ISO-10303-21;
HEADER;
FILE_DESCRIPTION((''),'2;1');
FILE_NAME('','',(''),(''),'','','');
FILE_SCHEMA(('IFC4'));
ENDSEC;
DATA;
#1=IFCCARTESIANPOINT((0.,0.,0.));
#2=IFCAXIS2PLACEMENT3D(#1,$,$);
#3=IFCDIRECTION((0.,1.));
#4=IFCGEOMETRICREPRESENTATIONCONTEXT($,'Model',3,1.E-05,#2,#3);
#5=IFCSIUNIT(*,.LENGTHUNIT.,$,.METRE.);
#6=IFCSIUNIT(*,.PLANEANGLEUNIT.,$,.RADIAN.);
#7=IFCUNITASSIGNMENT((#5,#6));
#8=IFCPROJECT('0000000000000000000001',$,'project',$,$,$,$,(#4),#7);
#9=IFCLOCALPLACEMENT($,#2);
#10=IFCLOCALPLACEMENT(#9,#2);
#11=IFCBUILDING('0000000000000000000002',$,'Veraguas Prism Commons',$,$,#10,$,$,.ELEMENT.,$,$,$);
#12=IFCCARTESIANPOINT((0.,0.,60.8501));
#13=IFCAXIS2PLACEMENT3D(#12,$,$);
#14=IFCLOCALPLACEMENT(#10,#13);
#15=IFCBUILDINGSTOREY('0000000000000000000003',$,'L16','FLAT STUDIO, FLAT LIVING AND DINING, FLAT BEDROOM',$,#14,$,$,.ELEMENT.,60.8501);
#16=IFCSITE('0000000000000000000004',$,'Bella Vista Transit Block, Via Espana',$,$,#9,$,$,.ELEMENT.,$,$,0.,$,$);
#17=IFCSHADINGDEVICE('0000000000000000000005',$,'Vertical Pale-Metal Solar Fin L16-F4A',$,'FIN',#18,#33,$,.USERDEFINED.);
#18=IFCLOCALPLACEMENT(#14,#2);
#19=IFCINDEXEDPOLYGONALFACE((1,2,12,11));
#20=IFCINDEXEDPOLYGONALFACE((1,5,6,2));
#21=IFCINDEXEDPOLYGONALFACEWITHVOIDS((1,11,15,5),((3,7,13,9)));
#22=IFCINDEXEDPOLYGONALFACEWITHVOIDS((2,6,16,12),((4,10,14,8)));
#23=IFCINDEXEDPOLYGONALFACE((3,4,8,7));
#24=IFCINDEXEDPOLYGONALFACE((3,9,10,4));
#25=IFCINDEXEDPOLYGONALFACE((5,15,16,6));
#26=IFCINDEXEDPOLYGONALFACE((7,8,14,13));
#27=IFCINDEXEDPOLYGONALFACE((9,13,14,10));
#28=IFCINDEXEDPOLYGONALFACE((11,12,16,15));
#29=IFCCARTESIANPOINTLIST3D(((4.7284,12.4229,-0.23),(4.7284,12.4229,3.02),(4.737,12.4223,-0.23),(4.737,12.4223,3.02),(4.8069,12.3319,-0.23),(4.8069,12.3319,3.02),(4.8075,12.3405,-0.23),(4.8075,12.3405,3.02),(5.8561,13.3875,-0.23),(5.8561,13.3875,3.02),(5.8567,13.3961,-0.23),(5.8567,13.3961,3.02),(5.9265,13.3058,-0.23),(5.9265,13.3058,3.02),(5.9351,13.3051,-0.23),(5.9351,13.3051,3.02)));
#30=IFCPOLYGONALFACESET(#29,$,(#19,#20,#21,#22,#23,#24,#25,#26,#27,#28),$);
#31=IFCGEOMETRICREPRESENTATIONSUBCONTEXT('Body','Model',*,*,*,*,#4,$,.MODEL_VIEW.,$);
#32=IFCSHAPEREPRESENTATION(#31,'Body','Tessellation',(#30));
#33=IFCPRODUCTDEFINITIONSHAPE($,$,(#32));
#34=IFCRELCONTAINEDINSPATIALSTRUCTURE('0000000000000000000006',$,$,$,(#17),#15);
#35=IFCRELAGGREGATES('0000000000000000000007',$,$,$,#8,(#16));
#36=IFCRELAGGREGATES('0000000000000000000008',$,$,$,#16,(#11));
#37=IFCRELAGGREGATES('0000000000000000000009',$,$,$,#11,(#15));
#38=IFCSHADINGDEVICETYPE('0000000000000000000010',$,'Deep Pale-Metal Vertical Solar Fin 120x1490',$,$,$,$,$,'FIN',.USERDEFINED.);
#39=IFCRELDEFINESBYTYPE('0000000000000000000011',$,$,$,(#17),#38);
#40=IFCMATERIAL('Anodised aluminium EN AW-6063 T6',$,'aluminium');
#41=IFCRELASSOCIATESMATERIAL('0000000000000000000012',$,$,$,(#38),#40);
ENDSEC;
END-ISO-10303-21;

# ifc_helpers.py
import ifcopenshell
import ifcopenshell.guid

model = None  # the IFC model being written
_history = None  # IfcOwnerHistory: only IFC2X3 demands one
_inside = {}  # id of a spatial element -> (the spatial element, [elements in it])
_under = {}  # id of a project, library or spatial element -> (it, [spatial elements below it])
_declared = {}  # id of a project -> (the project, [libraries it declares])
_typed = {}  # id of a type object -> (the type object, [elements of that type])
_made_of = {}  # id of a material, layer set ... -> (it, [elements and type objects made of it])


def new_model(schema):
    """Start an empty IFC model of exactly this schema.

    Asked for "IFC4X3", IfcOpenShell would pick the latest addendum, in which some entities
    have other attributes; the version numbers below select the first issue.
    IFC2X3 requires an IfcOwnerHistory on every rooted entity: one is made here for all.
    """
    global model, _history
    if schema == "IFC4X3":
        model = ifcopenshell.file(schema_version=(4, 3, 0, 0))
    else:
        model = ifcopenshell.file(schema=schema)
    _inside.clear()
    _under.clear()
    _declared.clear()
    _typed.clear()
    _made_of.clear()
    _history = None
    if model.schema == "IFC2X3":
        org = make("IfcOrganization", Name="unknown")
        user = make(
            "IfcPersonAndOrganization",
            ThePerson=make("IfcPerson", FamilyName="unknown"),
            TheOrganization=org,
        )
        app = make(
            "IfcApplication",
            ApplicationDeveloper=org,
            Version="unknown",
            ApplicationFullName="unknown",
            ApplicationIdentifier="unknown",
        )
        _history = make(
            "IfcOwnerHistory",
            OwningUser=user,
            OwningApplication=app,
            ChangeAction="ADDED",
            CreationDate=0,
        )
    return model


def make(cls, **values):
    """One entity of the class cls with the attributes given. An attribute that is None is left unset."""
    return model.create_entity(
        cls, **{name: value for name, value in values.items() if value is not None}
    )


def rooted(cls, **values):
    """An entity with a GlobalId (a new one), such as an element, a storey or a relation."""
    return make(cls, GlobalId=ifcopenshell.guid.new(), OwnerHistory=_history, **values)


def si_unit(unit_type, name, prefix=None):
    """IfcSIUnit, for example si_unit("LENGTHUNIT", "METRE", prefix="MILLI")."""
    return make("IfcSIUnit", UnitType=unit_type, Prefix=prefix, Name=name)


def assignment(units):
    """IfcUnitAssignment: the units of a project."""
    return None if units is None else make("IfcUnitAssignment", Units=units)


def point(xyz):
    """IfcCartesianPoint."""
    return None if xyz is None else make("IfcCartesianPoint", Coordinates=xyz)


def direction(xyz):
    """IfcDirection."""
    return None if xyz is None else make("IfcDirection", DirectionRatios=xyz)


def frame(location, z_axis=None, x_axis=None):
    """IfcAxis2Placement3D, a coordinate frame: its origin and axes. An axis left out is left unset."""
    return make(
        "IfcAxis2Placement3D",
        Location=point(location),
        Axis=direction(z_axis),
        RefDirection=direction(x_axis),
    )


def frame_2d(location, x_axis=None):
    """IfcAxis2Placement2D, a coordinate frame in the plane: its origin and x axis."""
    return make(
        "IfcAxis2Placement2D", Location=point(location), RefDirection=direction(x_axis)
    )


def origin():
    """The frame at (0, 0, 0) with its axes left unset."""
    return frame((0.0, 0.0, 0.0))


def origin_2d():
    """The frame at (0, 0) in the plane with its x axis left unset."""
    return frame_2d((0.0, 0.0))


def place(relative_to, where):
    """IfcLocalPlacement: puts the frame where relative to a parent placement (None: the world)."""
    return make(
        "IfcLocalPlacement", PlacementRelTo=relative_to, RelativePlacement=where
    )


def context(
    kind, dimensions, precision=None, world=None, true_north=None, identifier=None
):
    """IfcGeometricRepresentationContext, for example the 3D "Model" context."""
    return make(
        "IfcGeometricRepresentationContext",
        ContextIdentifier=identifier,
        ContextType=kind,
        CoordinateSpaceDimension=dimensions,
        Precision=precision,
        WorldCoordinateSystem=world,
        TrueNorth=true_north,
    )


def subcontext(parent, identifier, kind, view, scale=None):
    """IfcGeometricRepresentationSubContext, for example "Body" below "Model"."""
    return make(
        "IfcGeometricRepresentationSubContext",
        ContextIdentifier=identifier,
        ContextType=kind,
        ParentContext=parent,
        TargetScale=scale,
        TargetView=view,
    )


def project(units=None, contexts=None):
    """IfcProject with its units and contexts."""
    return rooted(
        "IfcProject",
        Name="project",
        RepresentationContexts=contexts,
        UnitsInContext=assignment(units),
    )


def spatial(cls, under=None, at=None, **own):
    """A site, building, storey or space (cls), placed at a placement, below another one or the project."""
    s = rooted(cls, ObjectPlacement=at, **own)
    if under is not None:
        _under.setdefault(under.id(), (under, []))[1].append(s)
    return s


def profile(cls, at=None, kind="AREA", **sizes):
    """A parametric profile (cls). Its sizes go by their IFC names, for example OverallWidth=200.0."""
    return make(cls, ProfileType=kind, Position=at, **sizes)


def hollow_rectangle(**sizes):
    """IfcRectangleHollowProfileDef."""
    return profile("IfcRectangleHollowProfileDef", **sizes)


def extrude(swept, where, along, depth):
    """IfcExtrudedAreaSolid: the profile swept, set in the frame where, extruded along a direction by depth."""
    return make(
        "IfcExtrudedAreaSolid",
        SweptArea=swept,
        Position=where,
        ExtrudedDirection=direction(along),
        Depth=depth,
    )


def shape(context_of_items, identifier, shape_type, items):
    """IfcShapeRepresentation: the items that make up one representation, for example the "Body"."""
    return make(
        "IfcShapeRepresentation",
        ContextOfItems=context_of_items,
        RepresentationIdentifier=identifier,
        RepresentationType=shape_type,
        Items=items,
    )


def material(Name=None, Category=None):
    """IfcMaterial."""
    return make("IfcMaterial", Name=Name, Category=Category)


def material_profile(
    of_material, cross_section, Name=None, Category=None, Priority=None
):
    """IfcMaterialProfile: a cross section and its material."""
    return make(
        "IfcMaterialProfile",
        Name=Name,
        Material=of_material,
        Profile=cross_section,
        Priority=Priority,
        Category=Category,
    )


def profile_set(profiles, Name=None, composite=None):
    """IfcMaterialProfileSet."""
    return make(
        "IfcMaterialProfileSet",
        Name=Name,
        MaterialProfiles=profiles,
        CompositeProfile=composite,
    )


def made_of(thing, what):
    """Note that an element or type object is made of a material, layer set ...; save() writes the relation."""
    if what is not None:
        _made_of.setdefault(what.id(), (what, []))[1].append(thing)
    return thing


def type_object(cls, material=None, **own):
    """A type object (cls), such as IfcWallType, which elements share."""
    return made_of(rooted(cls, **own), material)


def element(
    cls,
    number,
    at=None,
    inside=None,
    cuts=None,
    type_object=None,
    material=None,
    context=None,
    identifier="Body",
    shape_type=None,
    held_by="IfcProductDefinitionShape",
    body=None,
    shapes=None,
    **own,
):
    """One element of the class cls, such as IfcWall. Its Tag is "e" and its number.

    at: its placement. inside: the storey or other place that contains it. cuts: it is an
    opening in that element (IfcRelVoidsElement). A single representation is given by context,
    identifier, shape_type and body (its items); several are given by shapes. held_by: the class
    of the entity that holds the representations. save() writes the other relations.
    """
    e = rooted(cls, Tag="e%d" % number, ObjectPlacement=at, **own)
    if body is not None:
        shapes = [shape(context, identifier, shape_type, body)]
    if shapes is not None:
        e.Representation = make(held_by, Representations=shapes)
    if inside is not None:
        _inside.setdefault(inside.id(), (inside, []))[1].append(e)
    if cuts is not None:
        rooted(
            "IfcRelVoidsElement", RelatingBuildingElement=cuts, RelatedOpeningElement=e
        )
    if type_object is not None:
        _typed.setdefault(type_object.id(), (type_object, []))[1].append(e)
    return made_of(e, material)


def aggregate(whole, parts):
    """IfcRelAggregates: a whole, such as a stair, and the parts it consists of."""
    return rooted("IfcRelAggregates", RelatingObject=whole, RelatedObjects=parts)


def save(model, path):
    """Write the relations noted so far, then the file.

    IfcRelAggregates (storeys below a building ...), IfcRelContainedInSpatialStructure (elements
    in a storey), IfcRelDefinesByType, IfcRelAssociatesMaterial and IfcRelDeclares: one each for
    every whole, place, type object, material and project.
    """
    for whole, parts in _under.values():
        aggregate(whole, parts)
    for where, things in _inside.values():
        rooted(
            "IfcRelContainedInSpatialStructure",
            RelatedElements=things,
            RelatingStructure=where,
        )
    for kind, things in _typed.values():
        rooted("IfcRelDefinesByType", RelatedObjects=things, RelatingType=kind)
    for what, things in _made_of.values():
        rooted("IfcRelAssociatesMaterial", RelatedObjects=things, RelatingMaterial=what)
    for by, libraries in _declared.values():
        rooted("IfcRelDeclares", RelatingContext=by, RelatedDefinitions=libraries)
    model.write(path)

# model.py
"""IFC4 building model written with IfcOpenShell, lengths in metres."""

from ifc_helpers import new_model, si_unit, direction, frame, origin, origin_2d, place, context, subcontext, project, spatial, hollow_rectangle, extrude, material, material_profile, profile_set, type_object, element, save


model = new_model("IFC4")

# Units and contexts
model_context = context("Model", 3, precision=1e-05, world=origin(), true_north=direction((0.0, 1.0)))
body_context = subcontext(model_context, "Body", "Model", "MODEL_VIEW")
ifc_project = project(units=[si_unit("LENGTHUNIT", "METRE"), si_unit("PLANEANGLEUNIT", "RADIAN")], contexts=[model_context])

# Site, building, storey
site_placement = place(None, origin())
site = spatial("IfcSite", under=ifc_project, at=site_placement, Name="Bella Vista Transit Block, Via Espana", CompositionType="ELEMENT", RefElevation=0.0)
building_placement = place(site_placement, origin())
building = spatial("IfcBuilding", under=site, at=building_placement, Name="Veraguas Prism Commons", CompositionType="ELEMENT")
storey_placement = place(building_placement, frame((0.0, 0.0, 60.8501)))
storey = spatial("IfcBuildingStorey", under=building, at=storey_placement, Name="L16", Description="FLAT STUDIO, FLAT LIVING AND DINING, FLAT BEDROOM", CompositionType="ELEMENT", Elevation=60.8501)

# Shared definitions
ifc_material_1 = material(Name="Anodised aluminium EN AW-6063 T6", Category="aluminium")

# Shading device
ifc_material_profile_1 = material_profile(ifc_material_1, hollow_rectangle(XDim=0.1201, YDim=1.49, WallThickness=0.0061, at=origin_2d()), Name="FIN120X1490X6")
ifc_profile_set_1 = profile_set([ifc_material_profile_1], Name="Anodised aluminium EN AW-6063 T6")
shading_device_type = type_object("IfcShadingDeviceType", Name="Deep Pale-Metal Vertical Solar Fin 120x1490", ElementType="FIN", PredefinedType="USERDEFINED", material=ifc_profile_set_1)
shading_device_placement = place(storey_placement, frame((5.3318, 12.864, -0.23), z_axis=(0.0, 0.0, 1.0), x_axis=(0.653152, -0.757227, 0.0)))
element("IfcShadingDevice", 1, at=shading_device_placement, inside=storey, type_object=shading_device_type, Name="Vertical Pale-Metal Solar Fin L16-F4A", ObjectType="FIN", PredefinedType="USERDEFINED", context=body_context, shape_type="SweptSolid", body=[
    extrude(hollow_rectangle(XDim=0.1201, YDim=1.49, WallThickness=0.0061, at=origin_2d()), origin(), (0.0, 0.0, 1.0), 3.25),
])

save(model, "model.ifc")
